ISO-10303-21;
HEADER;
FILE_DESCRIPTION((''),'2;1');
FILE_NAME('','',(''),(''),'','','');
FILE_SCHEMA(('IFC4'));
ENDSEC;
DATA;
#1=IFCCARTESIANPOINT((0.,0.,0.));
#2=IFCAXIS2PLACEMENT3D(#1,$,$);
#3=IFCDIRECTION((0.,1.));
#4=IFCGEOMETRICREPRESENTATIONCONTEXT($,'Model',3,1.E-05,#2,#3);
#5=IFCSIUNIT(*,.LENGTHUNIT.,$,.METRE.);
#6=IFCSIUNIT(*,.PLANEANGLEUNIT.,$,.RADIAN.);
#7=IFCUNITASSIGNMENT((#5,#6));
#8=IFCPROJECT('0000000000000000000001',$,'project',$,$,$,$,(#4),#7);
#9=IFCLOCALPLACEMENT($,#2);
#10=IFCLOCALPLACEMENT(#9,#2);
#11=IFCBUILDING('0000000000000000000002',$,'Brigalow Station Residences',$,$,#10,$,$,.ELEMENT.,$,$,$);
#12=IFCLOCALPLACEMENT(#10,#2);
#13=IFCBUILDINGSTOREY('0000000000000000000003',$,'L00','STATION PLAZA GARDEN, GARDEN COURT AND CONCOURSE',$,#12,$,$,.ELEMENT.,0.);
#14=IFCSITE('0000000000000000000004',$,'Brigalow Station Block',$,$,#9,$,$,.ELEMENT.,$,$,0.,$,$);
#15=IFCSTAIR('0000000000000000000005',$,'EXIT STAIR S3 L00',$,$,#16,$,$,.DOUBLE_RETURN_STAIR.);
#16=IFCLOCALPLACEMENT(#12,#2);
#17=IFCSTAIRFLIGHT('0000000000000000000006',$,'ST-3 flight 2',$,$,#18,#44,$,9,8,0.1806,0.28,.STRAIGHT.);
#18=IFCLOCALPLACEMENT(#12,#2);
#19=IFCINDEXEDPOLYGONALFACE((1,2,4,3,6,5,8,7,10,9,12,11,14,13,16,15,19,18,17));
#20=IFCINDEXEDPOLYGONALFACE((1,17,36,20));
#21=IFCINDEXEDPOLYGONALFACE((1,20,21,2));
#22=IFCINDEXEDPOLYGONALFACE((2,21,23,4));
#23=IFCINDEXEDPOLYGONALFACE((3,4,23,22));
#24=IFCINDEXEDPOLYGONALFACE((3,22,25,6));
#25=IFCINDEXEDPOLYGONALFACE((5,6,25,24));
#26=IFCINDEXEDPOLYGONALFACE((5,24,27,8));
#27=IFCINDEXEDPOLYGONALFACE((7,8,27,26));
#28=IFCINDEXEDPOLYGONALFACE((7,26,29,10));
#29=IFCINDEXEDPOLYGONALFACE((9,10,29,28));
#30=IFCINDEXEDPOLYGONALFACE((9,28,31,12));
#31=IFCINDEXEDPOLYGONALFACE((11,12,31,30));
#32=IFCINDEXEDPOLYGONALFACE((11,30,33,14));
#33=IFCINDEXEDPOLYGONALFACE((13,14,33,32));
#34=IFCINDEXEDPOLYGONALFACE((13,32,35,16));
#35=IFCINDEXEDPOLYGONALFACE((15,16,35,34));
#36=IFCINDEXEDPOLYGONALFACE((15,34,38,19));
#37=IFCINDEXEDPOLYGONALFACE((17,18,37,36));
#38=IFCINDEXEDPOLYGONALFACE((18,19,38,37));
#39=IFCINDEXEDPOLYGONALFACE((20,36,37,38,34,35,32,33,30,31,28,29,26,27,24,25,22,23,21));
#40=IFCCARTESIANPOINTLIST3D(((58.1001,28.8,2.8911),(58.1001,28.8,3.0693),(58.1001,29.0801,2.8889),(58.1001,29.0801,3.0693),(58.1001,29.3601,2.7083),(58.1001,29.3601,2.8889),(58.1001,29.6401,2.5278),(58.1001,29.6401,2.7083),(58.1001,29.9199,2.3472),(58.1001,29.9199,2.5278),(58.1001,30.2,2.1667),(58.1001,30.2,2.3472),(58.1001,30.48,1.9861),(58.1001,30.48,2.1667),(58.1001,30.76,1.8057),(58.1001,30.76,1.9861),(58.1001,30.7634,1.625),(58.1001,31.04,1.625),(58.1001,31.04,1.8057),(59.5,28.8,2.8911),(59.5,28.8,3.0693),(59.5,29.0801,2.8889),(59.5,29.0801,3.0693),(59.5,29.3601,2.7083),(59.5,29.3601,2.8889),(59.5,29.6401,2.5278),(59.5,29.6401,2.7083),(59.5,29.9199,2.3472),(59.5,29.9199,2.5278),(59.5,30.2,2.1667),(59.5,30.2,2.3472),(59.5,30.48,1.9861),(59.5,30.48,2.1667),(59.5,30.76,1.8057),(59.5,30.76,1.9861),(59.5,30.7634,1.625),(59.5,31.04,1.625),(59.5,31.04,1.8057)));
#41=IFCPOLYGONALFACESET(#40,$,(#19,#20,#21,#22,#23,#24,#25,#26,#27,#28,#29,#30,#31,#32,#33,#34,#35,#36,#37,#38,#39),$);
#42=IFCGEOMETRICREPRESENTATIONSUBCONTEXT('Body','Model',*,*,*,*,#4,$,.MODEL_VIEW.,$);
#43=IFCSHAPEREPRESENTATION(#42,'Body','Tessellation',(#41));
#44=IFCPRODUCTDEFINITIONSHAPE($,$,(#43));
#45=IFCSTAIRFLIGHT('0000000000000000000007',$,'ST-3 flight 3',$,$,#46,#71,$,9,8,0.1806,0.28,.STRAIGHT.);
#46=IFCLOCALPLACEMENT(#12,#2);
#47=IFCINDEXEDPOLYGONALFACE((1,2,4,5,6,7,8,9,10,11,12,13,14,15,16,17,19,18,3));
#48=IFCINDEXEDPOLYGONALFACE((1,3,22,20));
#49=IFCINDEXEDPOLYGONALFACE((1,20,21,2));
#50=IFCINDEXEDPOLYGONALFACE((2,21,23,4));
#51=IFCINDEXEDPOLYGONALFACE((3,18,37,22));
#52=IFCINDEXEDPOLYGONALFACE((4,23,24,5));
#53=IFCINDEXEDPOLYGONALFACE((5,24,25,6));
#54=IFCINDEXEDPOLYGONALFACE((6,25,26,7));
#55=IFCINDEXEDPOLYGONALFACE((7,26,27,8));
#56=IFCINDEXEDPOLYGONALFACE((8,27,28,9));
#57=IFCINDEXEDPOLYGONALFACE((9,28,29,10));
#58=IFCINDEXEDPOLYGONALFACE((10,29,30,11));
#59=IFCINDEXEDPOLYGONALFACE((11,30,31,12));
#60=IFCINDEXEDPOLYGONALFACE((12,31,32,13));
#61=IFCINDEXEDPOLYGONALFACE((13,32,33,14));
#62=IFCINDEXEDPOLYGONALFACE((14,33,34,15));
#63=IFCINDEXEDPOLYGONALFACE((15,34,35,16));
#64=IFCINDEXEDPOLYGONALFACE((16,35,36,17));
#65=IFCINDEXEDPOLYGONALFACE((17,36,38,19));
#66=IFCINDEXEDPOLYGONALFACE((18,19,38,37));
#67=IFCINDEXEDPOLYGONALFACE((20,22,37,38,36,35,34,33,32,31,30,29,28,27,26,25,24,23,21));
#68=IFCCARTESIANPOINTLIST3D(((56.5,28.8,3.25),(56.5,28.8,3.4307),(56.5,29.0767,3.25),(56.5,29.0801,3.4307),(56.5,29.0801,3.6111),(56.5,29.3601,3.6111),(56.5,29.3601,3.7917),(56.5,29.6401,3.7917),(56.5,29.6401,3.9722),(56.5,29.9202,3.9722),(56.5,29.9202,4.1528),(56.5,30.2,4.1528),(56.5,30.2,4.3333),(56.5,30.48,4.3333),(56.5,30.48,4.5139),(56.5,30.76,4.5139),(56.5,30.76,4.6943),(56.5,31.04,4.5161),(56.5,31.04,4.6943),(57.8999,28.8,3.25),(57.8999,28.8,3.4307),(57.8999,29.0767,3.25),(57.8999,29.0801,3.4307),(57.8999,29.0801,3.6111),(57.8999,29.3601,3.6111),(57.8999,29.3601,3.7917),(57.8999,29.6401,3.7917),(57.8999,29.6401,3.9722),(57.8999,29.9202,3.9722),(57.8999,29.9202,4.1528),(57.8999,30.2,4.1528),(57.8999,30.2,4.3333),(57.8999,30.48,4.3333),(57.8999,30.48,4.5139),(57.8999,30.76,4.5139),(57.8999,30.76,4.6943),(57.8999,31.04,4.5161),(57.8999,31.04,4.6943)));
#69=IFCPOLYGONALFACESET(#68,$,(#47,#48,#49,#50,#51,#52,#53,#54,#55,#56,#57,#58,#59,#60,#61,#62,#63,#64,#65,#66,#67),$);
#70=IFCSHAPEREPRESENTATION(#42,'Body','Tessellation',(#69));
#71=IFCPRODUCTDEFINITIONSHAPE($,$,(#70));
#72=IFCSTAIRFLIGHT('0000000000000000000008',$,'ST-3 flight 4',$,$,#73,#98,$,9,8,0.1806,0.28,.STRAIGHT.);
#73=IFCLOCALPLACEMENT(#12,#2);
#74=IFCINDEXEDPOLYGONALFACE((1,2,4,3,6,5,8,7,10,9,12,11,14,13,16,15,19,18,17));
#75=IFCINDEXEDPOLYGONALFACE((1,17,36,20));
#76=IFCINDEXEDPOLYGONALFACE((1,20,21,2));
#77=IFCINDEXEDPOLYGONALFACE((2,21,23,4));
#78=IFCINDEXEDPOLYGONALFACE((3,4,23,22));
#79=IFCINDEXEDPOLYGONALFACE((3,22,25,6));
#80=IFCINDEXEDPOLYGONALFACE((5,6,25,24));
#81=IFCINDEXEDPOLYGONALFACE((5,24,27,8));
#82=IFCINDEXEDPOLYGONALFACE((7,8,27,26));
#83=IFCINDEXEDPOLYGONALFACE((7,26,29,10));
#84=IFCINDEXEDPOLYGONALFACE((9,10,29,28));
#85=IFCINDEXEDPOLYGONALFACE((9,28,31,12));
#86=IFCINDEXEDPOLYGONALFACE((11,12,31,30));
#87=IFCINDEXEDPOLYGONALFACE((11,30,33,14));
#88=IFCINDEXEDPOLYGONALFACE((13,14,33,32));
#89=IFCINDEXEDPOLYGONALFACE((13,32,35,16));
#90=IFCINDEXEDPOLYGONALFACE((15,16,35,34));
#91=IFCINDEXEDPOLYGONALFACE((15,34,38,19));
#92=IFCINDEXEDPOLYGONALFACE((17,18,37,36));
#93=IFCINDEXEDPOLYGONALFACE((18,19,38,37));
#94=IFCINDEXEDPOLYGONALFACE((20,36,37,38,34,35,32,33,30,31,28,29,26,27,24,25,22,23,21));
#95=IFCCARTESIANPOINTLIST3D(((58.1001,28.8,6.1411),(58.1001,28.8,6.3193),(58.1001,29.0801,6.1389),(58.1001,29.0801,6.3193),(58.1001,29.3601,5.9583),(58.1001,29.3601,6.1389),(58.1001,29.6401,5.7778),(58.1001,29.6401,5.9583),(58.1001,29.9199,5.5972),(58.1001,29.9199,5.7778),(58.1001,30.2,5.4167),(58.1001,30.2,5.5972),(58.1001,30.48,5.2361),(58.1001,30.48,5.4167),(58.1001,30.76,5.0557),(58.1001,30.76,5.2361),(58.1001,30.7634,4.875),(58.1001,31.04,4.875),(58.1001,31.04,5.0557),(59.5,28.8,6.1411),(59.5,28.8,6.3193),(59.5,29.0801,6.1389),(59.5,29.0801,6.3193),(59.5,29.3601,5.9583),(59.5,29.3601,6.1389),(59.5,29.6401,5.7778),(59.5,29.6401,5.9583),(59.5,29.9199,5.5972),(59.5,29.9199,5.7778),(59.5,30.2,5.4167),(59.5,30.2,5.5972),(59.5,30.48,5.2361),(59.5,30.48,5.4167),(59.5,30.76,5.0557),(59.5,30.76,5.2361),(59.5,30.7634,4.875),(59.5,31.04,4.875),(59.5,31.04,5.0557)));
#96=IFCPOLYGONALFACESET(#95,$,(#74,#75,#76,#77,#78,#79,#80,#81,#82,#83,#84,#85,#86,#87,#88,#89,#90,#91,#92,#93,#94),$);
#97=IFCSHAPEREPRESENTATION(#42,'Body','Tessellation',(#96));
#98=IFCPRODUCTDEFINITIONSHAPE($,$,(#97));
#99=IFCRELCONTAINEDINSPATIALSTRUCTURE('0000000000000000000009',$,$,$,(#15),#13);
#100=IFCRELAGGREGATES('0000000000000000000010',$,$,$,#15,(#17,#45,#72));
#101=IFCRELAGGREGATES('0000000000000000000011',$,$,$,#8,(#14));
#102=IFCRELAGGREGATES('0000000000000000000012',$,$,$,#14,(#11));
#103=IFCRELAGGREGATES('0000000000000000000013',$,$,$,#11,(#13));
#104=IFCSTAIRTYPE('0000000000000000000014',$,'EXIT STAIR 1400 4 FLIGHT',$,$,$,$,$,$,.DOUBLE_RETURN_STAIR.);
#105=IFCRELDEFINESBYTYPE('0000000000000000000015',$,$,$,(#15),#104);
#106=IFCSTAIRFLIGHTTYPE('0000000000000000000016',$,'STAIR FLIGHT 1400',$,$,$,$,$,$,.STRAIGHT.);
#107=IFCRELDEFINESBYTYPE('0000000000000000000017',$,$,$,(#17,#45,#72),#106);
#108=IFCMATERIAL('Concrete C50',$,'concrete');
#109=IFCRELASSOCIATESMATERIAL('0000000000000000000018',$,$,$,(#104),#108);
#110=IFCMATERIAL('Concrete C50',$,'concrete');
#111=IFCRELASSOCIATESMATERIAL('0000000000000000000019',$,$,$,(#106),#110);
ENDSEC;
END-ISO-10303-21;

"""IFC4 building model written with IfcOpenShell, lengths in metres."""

from ifc_helpers import new_model, si_unit, direction, frame, origin, place, context, subcontext, project, spatial, polyline, outline, extrude, material, type_object, element, aggregate, save


model = new_model("IFC4")

# Units and contexts
model_context = context("Model", 3, precision=1e-05, world=origin(), true_north=direction((0.0, 1.0)))
body_context = subcontext(model_context, "Body", "Model", "MODEL_VIEW")
ifc_project = project(units=[si_unit("LENGTHUNIT", "METRE"), si_unit("PLANEANGLEUNIT", "RADIAN")], contexts=[model_context])

# Site, building, storey
site_placement = place(None, origin())
site = spatial("IfcSite", under=ifc_project, at=site_placement, Name="Brigalow Station Block", CompositionType="ELEMENT", RefElevation=0.0)
building_placement = place(site_placement, origin())
building = spatial("IfcBuilding", under=site, at=building_placement, Name="Brigalow Station Residences", CompositionType="ELEMENT")
storey_placement = place(building_placement, origin())
storey = spatial("IfcBuildingStorey", under=building, at=storey_placement, Name="L00", Description="STATION PLAZA GARDEN, GARDEN COURT AND CONCOURSE", CompositionType="ELEMENT", Elevation=0.0)

# Stair, stair flights
ifc_material_1 = material(Name="Concrete C50", Category="concrete")
stair_type = type_object("IfcStairType", Name="EXIT STAIR 1400 4 FLIGHT", PredefinedType="DOUBLE_RETURN_STAIR", material=ifc_material_1)
stair_placement = place(storey_placement, origin())
stair = element("IfcStair", 1, at=stair_placement, inside=storey, type_object=stair_type, Name="EXIT STAIR S3 L00", PredefinedType="DOUBLE_RETURN_STAIR")
ifc_material_2 = material(Name="Concrete C50", Category="concrete")
stair_flight_type = type_object("IfcStairFlightType", Name="STAIR FLIGHT 1400", PredefinedType="STRAIGHT", material=ifc_material_2)
stair_flight_1_placement = place(storey_placement, frame((58.8, 31.04, 1.625), z_axis=(0.0, 0.0, 1.0), x_axis=(0.0, -1.0, 0.0)))
stair_flight_1 = element("IfcStairFlight", 2, at=stair_flight_1_placement, type_object=stair_flight_type, Name="ST-3 flight 2", NumberOfRisers=9, NumberOfTreads=8, PredefinedType="STRAIGHT", RiserHeight=0.1806, TreadLength=0.28, context=body_context, shape_type="SweptSolid", body=[
    extrude(outline(polyline([(0.0, 0.0), (0.0, 0.1807), (0.28, 0.1807), (0.28, 0.3611), (0.5601, 0.3611), (0.5601, 0.5417), (0.8401, 0.5417), (0.8401, 0.7222), (1.1201, 0.7222), (1.1201, 0.9028), (1.3999, 0.9028), (1.3999, 1.0833), (1.6799, 1.0833), (1.6799, 1.2639), (1.96, 1.2639), (1.96, 1.4443), (2.24, 1.4443), (2.24, 1.625), (2.24, 1.2661), (0.2766, 0.0), (0.0, 0.0)])), frame((0.0, 0.7, 0.0), z_axis=(0.0, -1.0, 0.0), x_axis=(1.0, 0.0, 0.0)), (0.0, 0.0, 1.0), 1.3999),
])
stair_flight_2_placement = place(storey_placement, frame((57.2, 28.8, 3.25), z_axis=(0.0, 0.0, 1.0), x_axis=(0.0, 1.0, 0.0)))
stair_flight_2 = element("IfcStairFlight", 3, at=stair_flight_2_placement, type_object=stair_flight_type, Name="ST-3 flight 3", NumberOfRisers=9, NumberOfTreads=8, PredefinedType="STRAIGHT", RiserHeight=0.1806, TreadLength=0.28, context=body_context, shape_type="SweptSolid", body=[
    extrude(outline(polyline([(0.0, 0.0), (0.0, 0.1807), (0.28, 0.1807), (0.28, 0.3611), (0.5601, 0.3611), (0.5601, 0.5417), (0.8401, 0.5417), (0.8401, 0.7222), (1.1201, 0.7222), (1.1201, 0.9028), (1.3999, 0.9028), (1.3999, 1.0833), (1.6799, 1.0833), (1.6799, 1.2639), (1.96, 1.2639), (1.96, 1.4443), (2.24, 1.4443), (2.24, 1.625), (2.24, 1.2661), (0.2766, 0.0), (0.0, 0.0)])), frame((0.0, 0.7, 0.0), z_axis=(0.0, -1.0, 0.0), x_axis=(1.0, 0.0, 0.0)), (0.0, 0.0, 1.0), 1.3999),
])
stair_flight_3_placement = place(storey_placement, frame((58.8, 31.04, 4.875), z_axis=(0.0, 0.0, 1.0), x_axis=(0.0, -1.0, 0.0)))
stair_flight_3 = element("IfcStairFlight", 4, at=stair_flight_3_placement, type_object=stair_flight_type, Name="ST-3 flight 4", NumberOfRisers=9, NumberOfTreads=8, PredefinedType="STRAIGHT", RiserHeight=0.1806, TreadLength=0.28, context=body_context, shape_type="SweptSolid", body=[
    extrude(outline(polyline([(0.0, 0.0), (0.0, 0.1807), (0.28, 0.1807), (0.28, 0.3611), (0.5601, 0.3611), (0.5601, 0.5417), (0.8401, 0.5417), (0.8401, 0.7222), (1.1201, 0.7222), (1.1201, 0.9028), (1.3999, 0.9028), (1.3999, 1.0833), (1.6799, 1.0833), (1.6799, 1.2639), (1.96, 1.2639), (1.96, 1.4443), (2.24, 1.4443), (2.24, 1.625), (2.24, 1.2661), (0.2766, 0.0), (0.0, 0.0)])), frame((0.0, 0.7, 0.0), z_axis=(0.0, -1.0, 0.0), x_axis=(1.0, 0.0, 0.0)), (0.0, 0.0, 1.0), 1.3999),
])
aggregate(stair, [stair_flight_1, stair_flight_2, stair_flight_3])

save(model, "model.ifc")
